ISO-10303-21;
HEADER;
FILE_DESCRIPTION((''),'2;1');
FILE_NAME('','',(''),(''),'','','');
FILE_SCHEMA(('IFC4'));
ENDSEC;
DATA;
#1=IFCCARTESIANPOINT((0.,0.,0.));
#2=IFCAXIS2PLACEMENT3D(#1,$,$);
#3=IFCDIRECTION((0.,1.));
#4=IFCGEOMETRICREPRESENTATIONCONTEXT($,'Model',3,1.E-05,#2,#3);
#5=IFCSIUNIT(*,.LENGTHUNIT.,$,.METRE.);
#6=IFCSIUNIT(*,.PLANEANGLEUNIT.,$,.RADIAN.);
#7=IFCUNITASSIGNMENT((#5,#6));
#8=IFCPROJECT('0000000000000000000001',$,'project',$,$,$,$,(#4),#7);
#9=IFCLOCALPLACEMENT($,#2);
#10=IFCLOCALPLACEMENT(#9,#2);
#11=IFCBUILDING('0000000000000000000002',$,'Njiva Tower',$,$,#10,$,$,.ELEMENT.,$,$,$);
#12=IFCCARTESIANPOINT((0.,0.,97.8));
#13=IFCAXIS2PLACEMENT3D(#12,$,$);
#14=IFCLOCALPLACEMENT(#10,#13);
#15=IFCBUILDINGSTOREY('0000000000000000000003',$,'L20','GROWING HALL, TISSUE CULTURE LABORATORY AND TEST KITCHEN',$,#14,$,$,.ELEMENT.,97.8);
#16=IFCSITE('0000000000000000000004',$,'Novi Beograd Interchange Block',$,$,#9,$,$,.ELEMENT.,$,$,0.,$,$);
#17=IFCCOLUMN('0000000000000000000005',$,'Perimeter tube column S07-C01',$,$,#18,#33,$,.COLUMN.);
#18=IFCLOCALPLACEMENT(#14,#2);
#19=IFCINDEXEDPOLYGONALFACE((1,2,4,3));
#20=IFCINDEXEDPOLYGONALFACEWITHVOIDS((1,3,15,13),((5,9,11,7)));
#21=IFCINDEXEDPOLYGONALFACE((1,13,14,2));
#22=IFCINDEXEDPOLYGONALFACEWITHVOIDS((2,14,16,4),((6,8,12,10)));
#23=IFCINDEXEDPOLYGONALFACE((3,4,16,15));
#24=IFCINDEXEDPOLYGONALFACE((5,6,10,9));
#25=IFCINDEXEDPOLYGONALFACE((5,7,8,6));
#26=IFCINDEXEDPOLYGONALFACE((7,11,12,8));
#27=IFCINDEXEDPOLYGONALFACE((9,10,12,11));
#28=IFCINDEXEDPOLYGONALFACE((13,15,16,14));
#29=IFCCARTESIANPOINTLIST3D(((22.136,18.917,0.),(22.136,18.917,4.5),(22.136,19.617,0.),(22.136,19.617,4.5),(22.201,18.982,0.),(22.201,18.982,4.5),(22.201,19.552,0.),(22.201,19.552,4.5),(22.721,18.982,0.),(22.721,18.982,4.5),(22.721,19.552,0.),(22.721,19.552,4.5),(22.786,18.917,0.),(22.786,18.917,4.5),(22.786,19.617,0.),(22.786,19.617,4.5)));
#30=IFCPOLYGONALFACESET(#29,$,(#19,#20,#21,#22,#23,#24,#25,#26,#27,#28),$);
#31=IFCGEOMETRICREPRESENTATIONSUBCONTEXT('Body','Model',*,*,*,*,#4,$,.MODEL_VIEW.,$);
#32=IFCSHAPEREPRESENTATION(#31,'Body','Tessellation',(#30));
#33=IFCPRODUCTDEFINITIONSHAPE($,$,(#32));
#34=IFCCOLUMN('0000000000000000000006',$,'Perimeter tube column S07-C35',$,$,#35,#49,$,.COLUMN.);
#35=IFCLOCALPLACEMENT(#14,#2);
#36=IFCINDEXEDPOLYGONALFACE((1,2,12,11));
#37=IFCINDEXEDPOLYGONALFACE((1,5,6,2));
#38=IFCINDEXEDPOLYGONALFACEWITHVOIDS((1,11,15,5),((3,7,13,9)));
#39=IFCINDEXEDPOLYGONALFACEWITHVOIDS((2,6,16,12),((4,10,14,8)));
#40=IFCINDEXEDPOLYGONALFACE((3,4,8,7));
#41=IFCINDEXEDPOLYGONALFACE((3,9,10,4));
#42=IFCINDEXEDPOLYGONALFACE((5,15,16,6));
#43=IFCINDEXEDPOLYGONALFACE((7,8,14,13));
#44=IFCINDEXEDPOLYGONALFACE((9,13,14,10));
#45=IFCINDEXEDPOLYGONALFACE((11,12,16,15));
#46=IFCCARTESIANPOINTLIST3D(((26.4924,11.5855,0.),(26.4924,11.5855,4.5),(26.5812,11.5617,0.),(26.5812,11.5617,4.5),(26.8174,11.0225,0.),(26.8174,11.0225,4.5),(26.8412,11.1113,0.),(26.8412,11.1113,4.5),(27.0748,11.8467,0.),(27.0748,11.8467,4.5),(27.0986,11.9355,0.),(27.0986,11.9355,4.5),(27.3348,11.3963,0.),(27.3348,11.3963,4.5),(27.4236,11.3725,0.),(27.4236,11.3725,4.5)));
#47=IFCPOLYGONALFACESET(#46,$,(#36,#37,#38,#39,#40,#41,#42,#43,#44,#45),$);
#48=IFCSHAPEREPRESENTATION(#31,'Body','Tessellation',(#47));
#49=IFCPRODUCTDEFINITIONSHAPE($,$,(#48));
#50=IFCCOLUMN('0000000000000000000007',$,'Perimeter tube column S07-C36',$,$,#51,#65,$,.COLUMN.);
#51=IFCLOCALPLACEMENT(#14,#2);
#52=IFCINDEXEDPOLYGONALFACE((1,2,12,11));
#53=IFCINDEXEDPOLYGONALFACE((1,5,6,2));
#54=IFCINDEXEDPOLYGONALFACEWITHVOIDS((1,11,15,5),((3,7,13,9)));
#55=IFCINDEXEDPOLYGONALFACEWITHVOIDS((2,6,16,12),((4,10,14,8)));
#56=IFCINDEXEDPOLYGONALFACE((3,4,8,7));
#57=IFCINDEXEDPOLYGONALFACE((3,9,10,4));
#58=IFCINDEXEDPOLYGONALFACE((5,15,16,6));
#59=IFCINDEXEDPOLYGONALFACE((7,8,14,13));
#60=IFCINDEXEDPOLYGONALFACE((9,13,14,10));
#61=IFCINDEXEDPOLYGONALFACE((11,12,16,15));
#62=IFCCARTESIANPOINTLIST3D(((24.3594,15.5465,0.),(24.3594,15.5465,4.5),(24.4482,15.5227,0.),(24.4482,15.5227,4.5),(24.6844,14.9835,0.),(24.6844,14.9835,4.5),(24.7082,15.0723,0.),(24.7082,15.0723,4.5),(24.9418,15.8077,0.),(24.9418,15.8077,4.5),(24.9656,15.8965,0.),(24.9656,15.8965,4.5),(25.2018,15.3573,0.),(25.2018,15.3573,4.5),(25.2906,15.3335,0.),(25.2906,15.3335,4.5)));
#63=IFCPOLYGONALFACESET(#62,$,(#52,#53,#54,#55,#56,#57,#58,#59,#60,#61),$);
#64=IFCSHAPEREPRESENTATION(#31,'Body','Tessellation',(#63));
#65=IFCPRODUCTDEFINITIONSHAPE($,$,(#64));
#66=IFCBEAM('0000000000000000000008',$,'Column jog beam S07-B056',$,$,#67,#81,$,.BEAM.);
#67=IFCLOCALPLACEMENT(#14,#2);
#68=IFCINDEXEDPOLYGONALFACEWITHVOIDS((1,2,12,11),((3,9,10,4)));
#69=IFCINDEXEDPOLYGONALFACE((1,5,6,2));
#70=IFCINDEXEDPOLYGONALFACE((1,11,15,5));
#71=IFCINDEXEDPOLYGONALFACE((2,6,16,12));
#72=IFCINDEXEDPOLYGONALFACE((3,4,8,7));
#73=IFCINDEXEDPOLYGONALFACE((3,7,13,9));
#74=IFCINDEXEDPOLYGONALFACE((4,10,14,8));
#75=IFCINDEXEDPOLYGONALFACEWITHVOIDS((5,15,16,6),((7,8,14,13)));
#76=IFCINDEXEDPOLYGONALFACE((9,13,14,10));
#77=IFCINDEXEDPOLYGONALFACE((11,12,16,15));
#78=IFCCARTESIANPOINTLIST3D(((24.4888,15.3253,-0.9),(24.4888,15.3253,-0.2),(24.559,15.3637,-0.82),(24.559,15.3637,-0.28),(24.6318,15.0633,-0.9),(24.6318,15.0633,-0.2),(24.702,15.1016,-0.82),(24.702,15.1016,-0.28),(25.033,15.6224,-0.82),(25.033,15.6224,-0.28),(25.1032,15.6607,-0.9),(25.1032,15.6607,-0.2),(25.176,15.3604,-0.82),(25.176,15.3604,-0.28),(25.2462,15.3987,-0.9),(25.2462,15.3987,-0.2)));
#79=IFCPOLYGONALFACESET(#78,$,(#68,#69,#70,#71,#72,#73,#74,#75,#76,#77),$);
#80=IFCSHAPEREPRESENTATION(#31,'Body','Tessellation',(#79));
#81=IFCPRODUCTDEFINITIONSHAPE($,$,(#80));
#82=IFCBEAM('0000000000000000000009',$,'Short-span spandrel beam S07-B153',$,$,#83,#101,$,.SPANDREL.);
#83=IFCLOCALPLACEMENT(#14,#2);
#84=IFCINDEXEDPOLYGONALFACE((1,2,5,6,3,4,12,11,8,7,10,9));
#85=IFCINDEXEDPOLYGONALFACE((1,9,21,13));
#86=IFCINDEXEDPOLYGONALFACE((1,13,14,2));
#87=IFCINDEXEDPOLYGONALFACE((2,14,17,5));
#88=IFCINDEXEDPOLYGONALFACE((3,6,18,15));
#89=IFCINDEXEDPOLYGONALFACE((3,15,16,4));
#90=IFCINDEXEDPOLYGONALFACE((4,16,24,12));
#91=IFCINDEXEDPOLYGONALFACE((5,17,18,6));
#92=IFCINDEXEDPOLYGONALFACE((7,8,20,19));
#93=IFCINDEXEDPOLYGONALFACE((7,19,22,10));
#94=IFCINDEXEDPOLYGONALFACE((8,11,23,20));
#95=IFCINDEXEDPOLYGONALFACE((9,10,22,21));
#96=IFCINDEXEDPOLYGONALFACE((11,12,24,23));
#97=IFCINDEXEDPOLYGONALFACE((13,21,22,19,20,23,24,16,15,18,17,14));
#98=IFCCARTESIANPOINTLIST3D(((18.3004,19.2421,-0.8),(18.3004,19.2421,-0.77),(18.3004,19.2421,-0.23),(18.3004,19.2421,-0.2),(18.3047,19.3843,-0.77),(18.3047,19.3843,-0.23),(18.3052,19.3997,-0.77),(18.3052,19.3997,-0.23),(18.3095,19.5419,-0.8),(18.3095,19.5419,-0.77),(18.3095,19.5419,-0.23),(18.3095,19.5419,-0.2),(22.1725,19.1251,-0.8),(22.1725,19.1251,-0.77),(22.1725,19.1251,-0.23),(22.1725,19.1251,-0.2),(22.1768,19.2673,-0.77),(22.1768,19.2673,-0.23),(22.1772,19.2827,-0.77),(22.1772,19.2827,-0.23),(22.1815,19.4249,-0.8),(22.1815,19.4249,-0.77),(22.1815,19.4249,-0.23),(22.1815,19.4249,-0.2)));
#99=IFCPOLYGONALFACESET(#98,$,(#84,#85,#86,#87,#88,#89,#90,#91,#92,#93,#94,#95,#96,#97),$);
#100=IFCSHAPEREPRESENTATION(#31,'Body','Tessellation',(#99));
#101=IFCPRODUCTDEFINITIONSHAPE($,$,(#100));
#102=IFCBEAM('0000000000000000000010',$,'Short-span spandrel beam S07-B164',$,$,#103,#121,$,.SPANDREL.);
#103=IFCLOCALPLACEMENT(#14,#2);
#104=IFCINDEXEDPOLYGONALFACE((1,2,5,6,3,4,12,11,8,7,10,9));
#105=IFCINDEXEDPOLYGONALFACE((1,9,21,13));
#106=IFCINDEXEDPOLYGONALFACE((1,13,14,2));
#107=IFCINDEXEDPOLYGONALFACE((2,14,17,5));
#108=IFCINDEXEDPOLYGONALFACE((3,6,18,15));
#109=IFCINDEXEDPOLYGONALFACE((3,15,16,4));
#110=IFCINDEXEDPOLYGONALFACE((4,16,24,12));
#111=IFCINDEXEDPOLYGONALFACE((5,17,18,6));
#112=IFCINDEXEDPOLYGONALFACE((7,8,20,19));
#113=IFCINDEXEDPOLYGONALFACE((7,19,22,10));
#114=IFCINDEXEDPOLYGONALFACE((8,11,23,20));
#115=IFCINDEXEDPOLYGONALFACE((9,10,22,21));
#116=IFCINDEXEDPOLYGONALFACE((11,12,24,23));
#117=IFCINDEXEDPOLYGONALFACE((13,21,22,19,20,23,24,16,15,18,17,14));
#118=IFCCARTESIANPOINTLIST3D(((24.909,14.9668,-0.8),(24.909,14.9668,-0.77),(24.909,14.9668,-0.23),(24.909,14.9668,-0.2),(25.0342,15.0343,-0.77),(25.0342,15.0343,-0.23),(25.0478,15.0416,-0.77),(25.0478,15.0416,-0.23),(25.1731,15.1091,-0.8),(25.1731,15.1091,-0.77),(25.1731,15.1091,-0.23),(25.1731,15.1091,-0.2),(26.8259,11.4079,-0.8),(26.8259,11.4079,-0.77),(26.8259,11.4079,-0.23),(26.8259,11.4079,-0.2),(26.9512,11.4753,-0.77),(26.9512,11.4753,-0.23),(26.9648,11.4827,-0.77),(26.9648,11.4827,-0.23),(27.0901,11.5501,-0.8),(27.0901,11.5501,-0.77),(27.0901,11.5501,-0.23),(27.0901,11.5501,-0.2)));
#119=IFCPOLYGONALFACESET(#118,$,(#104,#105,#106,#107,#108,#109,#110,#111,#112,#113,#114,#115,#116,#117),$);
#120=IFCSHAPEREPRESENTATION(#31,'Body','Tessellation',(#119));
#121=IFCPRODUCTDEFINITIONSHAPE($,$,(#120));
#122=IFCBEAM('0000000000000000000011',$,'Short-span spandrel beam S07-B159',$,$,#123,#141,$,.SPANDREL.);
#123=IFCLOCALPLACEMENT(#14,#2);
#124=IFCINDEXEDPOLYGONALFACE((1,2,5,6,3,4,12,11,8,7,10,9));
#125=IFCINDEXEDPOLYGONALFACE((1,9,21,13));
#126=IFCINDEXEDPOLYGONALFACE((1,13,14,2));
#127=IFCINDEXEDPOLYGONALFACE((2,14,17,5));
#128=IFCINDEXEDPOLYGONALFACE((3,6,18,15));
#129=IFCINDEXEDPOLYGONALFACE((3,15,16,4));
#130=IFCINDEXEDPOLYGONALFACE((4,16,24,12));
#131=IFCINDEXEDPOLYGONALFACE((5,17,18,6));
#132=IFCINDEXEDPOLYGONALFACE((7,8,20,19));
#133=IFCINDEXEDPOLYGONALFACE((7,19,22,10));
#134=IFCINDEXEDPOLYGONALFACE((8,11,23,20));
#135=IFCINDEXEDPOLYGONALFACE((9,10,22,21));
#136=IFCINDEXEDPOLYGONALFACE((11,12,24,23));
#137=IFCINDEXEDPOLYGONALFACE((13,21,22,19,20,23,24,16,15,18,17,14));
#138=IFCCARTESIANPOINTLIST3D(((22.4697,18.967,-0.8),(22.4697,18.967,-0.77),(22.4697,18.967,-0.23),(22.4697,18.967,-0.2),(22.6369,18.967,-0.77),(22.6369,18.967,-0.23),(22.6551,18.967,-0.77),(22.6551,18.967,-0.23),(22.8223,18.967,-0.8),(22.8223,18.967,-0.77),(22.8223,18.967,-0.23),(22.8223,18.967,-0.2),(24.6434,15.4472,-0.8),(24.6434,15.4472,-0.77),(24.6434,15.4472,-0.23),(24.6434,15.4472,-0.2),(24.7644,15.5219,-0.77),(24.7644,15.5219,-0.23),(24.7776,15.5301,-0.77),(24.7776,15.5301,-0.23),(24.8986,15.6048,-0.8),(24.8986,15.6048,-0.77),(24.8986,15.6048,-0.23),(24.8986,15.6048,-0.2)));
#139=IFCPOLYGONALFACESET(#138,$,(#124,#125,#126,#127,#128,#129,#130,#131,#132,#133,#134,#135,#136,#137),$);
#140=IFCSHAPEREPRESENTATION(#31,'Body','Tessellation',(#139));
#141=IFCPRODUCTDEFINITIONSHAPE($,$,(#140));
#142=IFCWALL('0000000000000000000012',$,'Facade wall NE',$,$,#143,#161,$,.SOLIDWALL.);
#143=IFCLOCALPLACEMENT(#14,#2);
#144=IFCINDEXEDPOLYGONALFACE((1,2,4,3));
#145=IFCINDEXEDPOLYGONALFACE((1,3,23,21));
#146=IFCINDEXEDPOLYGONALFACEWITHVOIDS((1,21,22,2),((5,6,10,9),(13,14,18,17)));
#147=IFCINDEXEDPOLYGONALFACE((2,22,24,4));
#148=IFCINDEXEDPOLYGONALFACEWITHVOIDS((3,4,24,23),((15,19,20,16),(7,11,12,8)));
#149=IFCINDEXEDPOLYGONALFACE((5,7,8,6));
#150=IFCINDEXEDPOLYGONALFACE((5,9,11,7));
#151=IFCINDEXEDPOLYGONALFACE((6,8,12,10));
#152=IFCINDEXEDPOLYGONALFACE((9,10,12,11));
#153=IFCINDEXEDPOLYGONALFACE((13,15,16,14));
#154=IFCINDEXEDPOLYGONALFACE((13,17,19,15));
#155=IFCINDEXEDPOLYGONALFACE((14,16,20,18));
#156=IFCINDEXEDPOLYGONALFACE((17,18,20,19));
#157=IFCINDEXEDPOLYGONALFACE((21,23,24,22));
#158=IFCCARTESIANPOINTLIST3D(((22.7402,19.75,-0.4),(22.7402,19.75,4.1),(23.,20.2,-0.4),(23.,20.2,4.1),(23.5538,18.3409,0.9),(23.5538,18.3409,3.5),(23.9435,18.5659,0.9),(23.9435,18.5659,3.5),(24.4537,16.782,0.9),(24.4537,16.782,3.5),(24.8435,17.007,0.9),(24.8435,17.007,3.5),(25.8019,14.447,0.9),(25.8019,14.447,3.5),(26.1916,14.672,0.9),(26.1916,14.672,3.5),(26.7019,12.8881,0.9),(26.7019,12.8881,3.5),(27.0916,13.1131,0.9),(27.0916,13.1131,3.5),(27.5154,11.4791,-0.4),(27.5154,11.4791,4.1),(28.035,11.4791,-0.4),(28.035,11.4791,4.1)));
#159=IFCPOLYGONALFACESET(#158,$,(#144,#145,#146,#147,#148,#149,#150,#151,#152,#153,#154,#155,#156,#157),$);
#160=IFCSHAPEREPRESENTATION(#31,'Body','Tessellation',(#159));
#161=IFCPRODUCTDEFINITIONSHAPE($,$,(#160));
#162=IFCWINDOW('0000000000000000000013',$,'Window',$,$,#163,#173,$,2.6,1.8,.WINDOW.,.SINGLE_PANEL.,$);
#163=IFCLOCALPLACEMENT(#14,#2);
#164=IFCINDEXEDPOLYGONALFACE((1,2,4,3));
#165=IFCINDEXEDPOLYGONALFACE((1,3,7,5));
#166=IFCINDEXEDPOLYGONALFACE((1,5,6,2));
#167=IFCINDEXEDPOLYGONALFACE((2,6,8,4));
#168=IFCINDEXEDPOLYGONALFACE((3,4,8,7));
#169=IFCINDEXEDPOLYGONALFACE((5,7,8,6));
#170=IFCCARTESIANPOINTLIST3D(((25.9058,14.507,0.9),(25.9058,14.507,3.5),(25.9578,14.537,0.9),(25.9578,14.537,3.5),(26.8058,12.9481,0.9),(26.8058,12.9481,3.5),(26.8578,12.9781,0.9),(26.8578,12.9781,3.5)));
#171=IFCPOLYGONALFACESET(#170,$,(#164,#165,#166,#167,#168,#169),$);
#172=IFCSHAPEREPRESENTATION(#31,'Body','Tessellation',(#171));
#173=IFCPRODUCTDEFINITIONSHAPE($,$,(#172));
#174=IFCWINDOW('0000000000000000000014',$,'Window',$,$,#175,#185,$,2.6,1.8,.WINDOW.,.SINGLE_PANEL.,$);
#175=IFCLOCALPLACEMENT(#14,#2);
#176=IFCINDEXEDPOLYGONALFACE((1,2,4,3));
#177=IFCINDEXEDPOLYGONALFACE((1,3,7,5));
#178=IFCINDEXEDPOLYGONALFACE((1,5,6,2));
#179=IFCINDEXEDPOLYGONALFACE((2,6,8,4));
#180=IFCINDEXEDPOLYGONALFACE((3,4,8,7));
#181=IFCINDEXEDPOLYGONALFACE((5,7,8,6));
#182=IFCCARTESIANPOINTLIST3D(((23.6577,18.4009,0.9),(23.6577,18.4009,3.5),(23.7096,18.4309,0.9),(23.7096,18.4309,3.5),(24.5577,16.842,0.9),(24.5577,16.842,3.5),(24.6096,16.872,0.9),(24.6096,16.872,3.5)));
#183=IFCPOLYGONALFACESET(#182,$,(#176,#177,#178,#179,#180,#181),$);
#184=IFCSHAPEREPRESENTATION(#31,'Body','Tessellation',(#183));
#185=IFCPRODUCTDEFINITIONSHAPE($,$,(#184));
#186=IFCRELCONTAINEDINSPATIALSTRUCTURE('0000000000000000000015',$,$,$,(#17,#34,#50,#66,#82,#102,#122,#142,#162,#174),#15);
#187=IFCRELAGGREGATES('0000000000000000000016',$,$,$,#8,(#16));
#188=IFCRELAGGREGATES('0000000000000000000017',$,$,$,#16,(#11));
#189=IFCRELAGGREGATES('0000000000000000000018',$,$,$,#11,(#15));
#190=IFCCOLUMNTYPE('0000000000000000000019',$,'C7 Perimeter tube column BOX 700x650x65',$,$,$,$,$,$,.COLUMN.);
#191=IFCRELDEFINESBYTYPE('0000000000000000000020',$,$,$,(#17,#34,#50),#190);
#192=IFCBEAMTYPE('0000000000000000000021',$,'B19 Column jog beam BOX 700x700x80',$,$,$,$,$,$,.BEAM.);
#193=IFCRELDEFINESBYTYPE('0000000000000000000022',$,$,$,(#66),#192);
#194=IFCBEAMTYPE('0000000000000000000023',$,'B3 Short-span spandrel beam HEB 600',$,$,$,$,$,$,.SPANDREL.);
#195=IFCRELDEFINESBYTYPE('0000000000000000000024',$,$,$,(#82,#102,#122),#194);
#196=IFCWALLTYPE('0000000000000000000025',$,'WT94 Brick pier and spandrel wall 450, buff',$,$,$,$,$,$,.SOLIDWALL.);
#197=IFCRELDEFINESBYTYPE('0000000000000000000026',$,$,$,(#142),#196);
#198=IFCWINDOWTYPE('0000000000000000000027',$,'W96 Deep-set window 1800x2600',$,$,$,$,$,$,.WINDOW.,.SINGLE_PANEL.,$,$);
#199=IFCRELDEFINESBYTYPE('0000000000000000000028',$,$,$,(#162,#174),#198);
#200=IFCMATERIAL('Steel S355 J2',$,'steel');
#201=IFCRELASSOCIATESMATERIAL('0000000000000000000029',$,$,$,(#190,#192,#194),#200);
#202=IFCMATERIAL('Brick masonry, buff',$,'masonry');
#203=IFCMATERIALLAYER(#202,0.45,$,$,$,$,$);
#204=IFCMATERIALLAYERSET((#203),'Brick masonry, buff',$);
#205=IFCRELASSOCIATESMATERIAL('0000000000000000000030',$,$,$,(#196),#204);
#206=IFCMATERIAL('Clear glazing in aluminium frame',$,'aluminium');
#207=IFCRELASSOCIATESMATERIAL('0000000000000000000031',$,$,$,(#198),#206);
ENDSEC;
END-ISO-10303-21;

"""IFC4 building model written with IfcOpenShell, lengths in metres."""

from ifc_helpers import new_model, si_unit, direction, frame, frame_2d, origin, origin_2d, place, context, subcontext, project, spatial, polyline, rectangle, hollow_rectangle, i_section, outline, extrude, clip, halfspace, material, layer, layer_set, material_profile, profile_set, type_object, element, fill, save


model = new_model("IFC4")

# Units and contexts
model_context = context("Model", 3, precision=1e-05, world=origin(), true_north=direction((0.0, 1.0)))
body_context = subcontext(model_context, "Body", "Model", "MODEL_VIEW")
ifc_project = project(units=[si_unit("LENGTHUNIT", "METRE"), si_unit("PLANEANGLEUNIT", "RADIAN")], contexts=[model_context])

# Site, building, storey
site_placement = place(None, origin())
site = spatial("IfcSite", under=ifc_project, at=site_placement, Name="Novi Beograd Interchange Block", CompositionType="ELEMENT", RefElevation=0.0)
building_placement = place(site_placement, origin())
building = spatial("IfcBuilding", under=site, at=building_placement, Name="Njiva Tower", CompositionType="ELEMENT")
storey_placement = place(building_placement, frame((0.0, 0.0, 97.8)))
storey = spatial("IfcBuildingStorey", under=building, at=storey_placement, Name="L20", Description="GROWING HALL, TISSUE CULTURE LABORATORY AND TEST KITCHEN", CompositionType="ELEMENT", Elevation=97.8)

# Columns
ifc_material_1 = material(Name="Steel S355 J2", Category="steel")
ifc_material_profile_1 = material_profile(ifc_material_1, hollow_rectangle(XDim=0.65, YDim=0.7, WallThickness=0.065, at=origin_2d()), Name="BOX 700x650x65")
ifc_profile_set_1 = profile_set([ifc_material_profile_1], Name="Steel S355 J2")
column_type = type_object("IfcColumnType", Name="C7 Perimeter tube column BOX 700x650x65", PredefinedType="COLUMN", material=ifc_profile_set_1)
for number, where, z_axis, x_axis, name in (
    (1, (22.461, 19.267, 0.0), (0.0, 0.0, 1.0), (-1.0, 0.0, 0.0), "Perimeter tube column S07-C01"),
    (2, (26.958, 11.479, 0.0), (0.0, 0.0, 1.0), (-0.5, 0.866025, 0.0), "Perimeter tube column S07-C35"),
    (3, (24.825, 15.44, 0.0), (0.0, 0.0, 1.0), (-0.5, 0.866025, 0.0), "Perimeter tube column S07-C36"),
):
    element("IfcColumn", number, at=place(storey_placement, frame(where, z_axis=z_axis, x_axis=x_axis)), inside=storey, type_object=column_type, Name=name, PredefinedType="COLUMN", context=body_context, shape_type="SweptSolid", body=[
        extrude(hollow_rectangle(XDim=0.65, YDim=0.7, WallThickness=0.065, at=origin_2d()), origin(), (0.0, 0.0, 1.0), 4.5),
    ])

# Beams
ifc_material_profile_2 = material_profile(ifc_material_1, hollow_rectangle(XDim=0.7, YDim=0.7, WallThickness=0.08, at=origin_2d()), Name="BOX 700x700x80")
ifc_profile_set_2 = profile_set([ifc_material_profile_2], Name="Steel S355 J2")
beam_type_1 = type_object("IfcBeamType", Name="B19 Column jog beam BOX 700x700x80", PredefinedType="BEAM", material=ifc_profile_set_2)
beam_1_placement = place(storey_placement, frame((24.939, 15.231, -0.55), z_axis=(-0.479087, 0.877768, 0.0), x_axis=(-0.877768, -0.479087, 0.0)))
element("IfcBeam", 4, at=beam_1_placement, inside=storey, type_object=beam_type_1, Name="Column jog beam S07-B056", PredefinedType="BEAM", context=body_context, shape_type="SweptSolid", body=[
    extrude(hollow_rectangle(XDim=0.7, YDim=0.7, WallThickness=0.08, at=origin_2d()), origin(), (0.0, 0.0, 1.0), 0.2985),
])
ifc_material_profile_3 = material_profile(ifc_material_1, i_section(OverallWidth=0.3, OverallDepth=0.6, WebThickness=0.0155, FlangeThickness=0.03, at=origin_2d()), Name="HEB 600")
ifc_profile_set_3 = profile_set([ifc_material_profile_3], Name="Steel S355 J2")
beam_type_2 = type_object("IfcBeamType", Name="B3 Short-span spandrel beam HEB 600", PredefinedType="SPANDREL", material=ifc_profile_set_3)
beam_2_placement = place(storey_placement, frame((22.177, 19.275, -0.5), z_axis=(-0.999544, 0.030203, 0.0), x_axis=(-0.030203, -0.999544, 0.0)))
element("IfcBeam", 5, at=beam_2_placement, inside=storey, type_object=beam_type_2, Name="Short-span spandrel beam S07-B153", PredefinedType="SPANDREL", context=body_context, shape_type="SweptSolid", body=[
    extrude(i_section(OverallWidth=0.3, OverallDepth=0.6, WebThickness=0.0155, FlangeThickness=0.03, at=origin_2d()), origin(), (0.0, 0.0, 1.0), 3.8738),
])
beam_3_placement = place(storey_placement, frame((26.958, 11.479, -0.5), z_axis=(-0.474218, 0.880408, 0.0), x_axis=(-0.880408, -0.474218, 0.0)))
element("IfcBeam", 6, at=beam_3_placement, inside=storey, type_object=beam_type_2, Name="Short-span spandrel beam S07-B164", PredefinedType="SPANDREL", context=body_context, shape_type="SweptSolid", body=[
    extrude(i_section(OverallWidth=0.3, OverallDepth=0.6, WebThickness=0.0155, FlangeThickness=0.03, at=origin_2d()), origin(), (0.0, 0.0, 1.0), 4.0424),
])
beam_4_placement = place(storey_placement, frame((24.771, 15.526, -0.5), z_axis=(-0.525435, 0.850834, 0.0), x_axis=(-0.850834, -0.525435, 0.0)))
element("IfcBeam", 7, at=beam_4_placement, inside=storey, type_object=beam_type_2, Name="Short-span spandrel beam S07-B159", PredefinedType="SPANDREL", context=body_context, shape_type="Clipping", body=[
    clip(extrude(i_section(OverallWidth=0.3, OverallDepth=0.6, WebThickness=0.0155, FlangeThickness=0.03, at=origin_2d()), origin(), (0.0, 0.0, 1.0), 4.1573), halfspace(frame((-0.0266, 0.0, 4.0278), z_axis=(-0.525435, 0.0, 0.850834), x_axis=(0.0, 1.0, 0.0)), False)),
])

# Wall, openings, windows
ifc_material_2 = material(Name="Clear glazing in aluminium frame", Category="aluminium")
ifc_material_3 = material(Name="Brick masonry, buff", Category="masonry")
ifc_layer_1 = layer(ifc_material_3, 0.45)
ifc_layer_set_1 = layer_set([ifc_layer_1], Name="Brick masonry, buff")
wall_type_1 = type_object("IfcWallType", Name="WT94 Brick pier and spandrel wall 450, buff", PredefinedType="SOLIDWALL", material=ifc_layer_set_1)
wall_1_placement = place(storey_placement, frame((27.7752, 11.4791, -0.4), z_axis=(0.0, 0.0, 1.0), x_axis=(-0.499999, 0.866026, 0.0)))
wall_1 = element("IfcWall", 8, at=wall_1_placement, inside=storey, type_object=wall_type_1, Name="Facade wall NE", PredefinedType="SOLIDWALL", context=body_context, shape_type="SweptSolid", body=[
    extrude(outline(polyline([(-0.1299, -0.225), (9.9401, -0.225), (9.6803, 0.225), (0.1299, 0.225), (-0.1299, -0.225)])), origin(), (0.0, 0.0, 1.0), 4.5),
])
opening_1_placement = place(wall_1_placement, frame((1.7569, 0.0, 1.3)))
opening_1 = element("IfcOpeningElement", 9, at=opening_1_placement, cuts=wall_1, PredefinedType="OPENING", context=body_context, shape_type="SweptSolid", body=[
    extrude(rectangle(XDim=1.8, YDim=2.6, at=frame_2d((0.9, 1.3))), frame((0.0, 0.235, 0.0), z_axis=(0.0, -1.0, 0.0), x_axis=(1.0, 0.0, 0.0)), (0.0, 0.0, 1.0), 0.47),
])
opening_2_placement = place(wall_1_placement, frame((6.2532, 0.0, 1.3)))
opening_2 = element("IfcOpeningElement", 10, at=opening_2_placement, cuts=wall_1, PredefinedType="OPENING", context=body_context, shape_type="SweptSolid", body=[
    extrude(rectangle(XDim=1.8, YDim=2.6, at=frame_2d((0.9, 1.3))), frame((0.0, 0.235, 0.0), z_axis=(0.0, -1.0, 0.0), x_axis=(1.0, 0.0, 0.0)), (0.0, 0.0, 1.0), 0.47),
])
window_type_1 = type_object("IfcWindowType", Name="W96 Deep-set window 1800x2600", PartitioningType="SINGLE_PANEL", PredefinedType="WINDOW", material=ifc_material_2)
window_1_placement = place(opening_1_placement, origin())
window_1 = element("IfcWindow", 11, at=window_1_placement, inside=storey, type_object=window_type_1, Name="Window", OverallHeight=2.6, OverallWidth=1.8, PartitioningType="SINGLE_PANEL", PredefinedType="WINDOW", context=body_context, shape_type="SweptSolid", body=[
    extrude(rectangle(XDim=1.8, YDim=2.6, at=frame_2d((0.9, 1.3))), frame((0.0, 0.105, 0.0), z_axis=(0.0, -1.0, 0.0), x_axis=(1.0, 0.0, 0.0)), (0.0, 0.0, 1.0), 0.06),
])
fill(opening_1, window_1)
window_2_placement = place(opening_2_placement, origin())
window_2 = element("IfcWindow", 12, at=window_2_placement, inside=storey, type_object=window_type_1, Name="Window", OverallHeight=2.6, OverallWidth=1.8, PartitioningType="SINGLE_PANEL", PredefinedType="WINDOW", context=body_context, shape_type="SweptSolid", body=[
    extrude(rectangle(XDim=1.8, YDim=2.6, at=frame_2d((0.9, 1.3))), frame((0.0, 0.105, 0.0), z_axis=(0.0, -1.0, 0.0), x_axis=(1.0, 0.0, 0.0)), (0.0, 0.0, 1.0), 0.06),
])
fill(opening_2, window_2)

save(model, "model.ifc")
